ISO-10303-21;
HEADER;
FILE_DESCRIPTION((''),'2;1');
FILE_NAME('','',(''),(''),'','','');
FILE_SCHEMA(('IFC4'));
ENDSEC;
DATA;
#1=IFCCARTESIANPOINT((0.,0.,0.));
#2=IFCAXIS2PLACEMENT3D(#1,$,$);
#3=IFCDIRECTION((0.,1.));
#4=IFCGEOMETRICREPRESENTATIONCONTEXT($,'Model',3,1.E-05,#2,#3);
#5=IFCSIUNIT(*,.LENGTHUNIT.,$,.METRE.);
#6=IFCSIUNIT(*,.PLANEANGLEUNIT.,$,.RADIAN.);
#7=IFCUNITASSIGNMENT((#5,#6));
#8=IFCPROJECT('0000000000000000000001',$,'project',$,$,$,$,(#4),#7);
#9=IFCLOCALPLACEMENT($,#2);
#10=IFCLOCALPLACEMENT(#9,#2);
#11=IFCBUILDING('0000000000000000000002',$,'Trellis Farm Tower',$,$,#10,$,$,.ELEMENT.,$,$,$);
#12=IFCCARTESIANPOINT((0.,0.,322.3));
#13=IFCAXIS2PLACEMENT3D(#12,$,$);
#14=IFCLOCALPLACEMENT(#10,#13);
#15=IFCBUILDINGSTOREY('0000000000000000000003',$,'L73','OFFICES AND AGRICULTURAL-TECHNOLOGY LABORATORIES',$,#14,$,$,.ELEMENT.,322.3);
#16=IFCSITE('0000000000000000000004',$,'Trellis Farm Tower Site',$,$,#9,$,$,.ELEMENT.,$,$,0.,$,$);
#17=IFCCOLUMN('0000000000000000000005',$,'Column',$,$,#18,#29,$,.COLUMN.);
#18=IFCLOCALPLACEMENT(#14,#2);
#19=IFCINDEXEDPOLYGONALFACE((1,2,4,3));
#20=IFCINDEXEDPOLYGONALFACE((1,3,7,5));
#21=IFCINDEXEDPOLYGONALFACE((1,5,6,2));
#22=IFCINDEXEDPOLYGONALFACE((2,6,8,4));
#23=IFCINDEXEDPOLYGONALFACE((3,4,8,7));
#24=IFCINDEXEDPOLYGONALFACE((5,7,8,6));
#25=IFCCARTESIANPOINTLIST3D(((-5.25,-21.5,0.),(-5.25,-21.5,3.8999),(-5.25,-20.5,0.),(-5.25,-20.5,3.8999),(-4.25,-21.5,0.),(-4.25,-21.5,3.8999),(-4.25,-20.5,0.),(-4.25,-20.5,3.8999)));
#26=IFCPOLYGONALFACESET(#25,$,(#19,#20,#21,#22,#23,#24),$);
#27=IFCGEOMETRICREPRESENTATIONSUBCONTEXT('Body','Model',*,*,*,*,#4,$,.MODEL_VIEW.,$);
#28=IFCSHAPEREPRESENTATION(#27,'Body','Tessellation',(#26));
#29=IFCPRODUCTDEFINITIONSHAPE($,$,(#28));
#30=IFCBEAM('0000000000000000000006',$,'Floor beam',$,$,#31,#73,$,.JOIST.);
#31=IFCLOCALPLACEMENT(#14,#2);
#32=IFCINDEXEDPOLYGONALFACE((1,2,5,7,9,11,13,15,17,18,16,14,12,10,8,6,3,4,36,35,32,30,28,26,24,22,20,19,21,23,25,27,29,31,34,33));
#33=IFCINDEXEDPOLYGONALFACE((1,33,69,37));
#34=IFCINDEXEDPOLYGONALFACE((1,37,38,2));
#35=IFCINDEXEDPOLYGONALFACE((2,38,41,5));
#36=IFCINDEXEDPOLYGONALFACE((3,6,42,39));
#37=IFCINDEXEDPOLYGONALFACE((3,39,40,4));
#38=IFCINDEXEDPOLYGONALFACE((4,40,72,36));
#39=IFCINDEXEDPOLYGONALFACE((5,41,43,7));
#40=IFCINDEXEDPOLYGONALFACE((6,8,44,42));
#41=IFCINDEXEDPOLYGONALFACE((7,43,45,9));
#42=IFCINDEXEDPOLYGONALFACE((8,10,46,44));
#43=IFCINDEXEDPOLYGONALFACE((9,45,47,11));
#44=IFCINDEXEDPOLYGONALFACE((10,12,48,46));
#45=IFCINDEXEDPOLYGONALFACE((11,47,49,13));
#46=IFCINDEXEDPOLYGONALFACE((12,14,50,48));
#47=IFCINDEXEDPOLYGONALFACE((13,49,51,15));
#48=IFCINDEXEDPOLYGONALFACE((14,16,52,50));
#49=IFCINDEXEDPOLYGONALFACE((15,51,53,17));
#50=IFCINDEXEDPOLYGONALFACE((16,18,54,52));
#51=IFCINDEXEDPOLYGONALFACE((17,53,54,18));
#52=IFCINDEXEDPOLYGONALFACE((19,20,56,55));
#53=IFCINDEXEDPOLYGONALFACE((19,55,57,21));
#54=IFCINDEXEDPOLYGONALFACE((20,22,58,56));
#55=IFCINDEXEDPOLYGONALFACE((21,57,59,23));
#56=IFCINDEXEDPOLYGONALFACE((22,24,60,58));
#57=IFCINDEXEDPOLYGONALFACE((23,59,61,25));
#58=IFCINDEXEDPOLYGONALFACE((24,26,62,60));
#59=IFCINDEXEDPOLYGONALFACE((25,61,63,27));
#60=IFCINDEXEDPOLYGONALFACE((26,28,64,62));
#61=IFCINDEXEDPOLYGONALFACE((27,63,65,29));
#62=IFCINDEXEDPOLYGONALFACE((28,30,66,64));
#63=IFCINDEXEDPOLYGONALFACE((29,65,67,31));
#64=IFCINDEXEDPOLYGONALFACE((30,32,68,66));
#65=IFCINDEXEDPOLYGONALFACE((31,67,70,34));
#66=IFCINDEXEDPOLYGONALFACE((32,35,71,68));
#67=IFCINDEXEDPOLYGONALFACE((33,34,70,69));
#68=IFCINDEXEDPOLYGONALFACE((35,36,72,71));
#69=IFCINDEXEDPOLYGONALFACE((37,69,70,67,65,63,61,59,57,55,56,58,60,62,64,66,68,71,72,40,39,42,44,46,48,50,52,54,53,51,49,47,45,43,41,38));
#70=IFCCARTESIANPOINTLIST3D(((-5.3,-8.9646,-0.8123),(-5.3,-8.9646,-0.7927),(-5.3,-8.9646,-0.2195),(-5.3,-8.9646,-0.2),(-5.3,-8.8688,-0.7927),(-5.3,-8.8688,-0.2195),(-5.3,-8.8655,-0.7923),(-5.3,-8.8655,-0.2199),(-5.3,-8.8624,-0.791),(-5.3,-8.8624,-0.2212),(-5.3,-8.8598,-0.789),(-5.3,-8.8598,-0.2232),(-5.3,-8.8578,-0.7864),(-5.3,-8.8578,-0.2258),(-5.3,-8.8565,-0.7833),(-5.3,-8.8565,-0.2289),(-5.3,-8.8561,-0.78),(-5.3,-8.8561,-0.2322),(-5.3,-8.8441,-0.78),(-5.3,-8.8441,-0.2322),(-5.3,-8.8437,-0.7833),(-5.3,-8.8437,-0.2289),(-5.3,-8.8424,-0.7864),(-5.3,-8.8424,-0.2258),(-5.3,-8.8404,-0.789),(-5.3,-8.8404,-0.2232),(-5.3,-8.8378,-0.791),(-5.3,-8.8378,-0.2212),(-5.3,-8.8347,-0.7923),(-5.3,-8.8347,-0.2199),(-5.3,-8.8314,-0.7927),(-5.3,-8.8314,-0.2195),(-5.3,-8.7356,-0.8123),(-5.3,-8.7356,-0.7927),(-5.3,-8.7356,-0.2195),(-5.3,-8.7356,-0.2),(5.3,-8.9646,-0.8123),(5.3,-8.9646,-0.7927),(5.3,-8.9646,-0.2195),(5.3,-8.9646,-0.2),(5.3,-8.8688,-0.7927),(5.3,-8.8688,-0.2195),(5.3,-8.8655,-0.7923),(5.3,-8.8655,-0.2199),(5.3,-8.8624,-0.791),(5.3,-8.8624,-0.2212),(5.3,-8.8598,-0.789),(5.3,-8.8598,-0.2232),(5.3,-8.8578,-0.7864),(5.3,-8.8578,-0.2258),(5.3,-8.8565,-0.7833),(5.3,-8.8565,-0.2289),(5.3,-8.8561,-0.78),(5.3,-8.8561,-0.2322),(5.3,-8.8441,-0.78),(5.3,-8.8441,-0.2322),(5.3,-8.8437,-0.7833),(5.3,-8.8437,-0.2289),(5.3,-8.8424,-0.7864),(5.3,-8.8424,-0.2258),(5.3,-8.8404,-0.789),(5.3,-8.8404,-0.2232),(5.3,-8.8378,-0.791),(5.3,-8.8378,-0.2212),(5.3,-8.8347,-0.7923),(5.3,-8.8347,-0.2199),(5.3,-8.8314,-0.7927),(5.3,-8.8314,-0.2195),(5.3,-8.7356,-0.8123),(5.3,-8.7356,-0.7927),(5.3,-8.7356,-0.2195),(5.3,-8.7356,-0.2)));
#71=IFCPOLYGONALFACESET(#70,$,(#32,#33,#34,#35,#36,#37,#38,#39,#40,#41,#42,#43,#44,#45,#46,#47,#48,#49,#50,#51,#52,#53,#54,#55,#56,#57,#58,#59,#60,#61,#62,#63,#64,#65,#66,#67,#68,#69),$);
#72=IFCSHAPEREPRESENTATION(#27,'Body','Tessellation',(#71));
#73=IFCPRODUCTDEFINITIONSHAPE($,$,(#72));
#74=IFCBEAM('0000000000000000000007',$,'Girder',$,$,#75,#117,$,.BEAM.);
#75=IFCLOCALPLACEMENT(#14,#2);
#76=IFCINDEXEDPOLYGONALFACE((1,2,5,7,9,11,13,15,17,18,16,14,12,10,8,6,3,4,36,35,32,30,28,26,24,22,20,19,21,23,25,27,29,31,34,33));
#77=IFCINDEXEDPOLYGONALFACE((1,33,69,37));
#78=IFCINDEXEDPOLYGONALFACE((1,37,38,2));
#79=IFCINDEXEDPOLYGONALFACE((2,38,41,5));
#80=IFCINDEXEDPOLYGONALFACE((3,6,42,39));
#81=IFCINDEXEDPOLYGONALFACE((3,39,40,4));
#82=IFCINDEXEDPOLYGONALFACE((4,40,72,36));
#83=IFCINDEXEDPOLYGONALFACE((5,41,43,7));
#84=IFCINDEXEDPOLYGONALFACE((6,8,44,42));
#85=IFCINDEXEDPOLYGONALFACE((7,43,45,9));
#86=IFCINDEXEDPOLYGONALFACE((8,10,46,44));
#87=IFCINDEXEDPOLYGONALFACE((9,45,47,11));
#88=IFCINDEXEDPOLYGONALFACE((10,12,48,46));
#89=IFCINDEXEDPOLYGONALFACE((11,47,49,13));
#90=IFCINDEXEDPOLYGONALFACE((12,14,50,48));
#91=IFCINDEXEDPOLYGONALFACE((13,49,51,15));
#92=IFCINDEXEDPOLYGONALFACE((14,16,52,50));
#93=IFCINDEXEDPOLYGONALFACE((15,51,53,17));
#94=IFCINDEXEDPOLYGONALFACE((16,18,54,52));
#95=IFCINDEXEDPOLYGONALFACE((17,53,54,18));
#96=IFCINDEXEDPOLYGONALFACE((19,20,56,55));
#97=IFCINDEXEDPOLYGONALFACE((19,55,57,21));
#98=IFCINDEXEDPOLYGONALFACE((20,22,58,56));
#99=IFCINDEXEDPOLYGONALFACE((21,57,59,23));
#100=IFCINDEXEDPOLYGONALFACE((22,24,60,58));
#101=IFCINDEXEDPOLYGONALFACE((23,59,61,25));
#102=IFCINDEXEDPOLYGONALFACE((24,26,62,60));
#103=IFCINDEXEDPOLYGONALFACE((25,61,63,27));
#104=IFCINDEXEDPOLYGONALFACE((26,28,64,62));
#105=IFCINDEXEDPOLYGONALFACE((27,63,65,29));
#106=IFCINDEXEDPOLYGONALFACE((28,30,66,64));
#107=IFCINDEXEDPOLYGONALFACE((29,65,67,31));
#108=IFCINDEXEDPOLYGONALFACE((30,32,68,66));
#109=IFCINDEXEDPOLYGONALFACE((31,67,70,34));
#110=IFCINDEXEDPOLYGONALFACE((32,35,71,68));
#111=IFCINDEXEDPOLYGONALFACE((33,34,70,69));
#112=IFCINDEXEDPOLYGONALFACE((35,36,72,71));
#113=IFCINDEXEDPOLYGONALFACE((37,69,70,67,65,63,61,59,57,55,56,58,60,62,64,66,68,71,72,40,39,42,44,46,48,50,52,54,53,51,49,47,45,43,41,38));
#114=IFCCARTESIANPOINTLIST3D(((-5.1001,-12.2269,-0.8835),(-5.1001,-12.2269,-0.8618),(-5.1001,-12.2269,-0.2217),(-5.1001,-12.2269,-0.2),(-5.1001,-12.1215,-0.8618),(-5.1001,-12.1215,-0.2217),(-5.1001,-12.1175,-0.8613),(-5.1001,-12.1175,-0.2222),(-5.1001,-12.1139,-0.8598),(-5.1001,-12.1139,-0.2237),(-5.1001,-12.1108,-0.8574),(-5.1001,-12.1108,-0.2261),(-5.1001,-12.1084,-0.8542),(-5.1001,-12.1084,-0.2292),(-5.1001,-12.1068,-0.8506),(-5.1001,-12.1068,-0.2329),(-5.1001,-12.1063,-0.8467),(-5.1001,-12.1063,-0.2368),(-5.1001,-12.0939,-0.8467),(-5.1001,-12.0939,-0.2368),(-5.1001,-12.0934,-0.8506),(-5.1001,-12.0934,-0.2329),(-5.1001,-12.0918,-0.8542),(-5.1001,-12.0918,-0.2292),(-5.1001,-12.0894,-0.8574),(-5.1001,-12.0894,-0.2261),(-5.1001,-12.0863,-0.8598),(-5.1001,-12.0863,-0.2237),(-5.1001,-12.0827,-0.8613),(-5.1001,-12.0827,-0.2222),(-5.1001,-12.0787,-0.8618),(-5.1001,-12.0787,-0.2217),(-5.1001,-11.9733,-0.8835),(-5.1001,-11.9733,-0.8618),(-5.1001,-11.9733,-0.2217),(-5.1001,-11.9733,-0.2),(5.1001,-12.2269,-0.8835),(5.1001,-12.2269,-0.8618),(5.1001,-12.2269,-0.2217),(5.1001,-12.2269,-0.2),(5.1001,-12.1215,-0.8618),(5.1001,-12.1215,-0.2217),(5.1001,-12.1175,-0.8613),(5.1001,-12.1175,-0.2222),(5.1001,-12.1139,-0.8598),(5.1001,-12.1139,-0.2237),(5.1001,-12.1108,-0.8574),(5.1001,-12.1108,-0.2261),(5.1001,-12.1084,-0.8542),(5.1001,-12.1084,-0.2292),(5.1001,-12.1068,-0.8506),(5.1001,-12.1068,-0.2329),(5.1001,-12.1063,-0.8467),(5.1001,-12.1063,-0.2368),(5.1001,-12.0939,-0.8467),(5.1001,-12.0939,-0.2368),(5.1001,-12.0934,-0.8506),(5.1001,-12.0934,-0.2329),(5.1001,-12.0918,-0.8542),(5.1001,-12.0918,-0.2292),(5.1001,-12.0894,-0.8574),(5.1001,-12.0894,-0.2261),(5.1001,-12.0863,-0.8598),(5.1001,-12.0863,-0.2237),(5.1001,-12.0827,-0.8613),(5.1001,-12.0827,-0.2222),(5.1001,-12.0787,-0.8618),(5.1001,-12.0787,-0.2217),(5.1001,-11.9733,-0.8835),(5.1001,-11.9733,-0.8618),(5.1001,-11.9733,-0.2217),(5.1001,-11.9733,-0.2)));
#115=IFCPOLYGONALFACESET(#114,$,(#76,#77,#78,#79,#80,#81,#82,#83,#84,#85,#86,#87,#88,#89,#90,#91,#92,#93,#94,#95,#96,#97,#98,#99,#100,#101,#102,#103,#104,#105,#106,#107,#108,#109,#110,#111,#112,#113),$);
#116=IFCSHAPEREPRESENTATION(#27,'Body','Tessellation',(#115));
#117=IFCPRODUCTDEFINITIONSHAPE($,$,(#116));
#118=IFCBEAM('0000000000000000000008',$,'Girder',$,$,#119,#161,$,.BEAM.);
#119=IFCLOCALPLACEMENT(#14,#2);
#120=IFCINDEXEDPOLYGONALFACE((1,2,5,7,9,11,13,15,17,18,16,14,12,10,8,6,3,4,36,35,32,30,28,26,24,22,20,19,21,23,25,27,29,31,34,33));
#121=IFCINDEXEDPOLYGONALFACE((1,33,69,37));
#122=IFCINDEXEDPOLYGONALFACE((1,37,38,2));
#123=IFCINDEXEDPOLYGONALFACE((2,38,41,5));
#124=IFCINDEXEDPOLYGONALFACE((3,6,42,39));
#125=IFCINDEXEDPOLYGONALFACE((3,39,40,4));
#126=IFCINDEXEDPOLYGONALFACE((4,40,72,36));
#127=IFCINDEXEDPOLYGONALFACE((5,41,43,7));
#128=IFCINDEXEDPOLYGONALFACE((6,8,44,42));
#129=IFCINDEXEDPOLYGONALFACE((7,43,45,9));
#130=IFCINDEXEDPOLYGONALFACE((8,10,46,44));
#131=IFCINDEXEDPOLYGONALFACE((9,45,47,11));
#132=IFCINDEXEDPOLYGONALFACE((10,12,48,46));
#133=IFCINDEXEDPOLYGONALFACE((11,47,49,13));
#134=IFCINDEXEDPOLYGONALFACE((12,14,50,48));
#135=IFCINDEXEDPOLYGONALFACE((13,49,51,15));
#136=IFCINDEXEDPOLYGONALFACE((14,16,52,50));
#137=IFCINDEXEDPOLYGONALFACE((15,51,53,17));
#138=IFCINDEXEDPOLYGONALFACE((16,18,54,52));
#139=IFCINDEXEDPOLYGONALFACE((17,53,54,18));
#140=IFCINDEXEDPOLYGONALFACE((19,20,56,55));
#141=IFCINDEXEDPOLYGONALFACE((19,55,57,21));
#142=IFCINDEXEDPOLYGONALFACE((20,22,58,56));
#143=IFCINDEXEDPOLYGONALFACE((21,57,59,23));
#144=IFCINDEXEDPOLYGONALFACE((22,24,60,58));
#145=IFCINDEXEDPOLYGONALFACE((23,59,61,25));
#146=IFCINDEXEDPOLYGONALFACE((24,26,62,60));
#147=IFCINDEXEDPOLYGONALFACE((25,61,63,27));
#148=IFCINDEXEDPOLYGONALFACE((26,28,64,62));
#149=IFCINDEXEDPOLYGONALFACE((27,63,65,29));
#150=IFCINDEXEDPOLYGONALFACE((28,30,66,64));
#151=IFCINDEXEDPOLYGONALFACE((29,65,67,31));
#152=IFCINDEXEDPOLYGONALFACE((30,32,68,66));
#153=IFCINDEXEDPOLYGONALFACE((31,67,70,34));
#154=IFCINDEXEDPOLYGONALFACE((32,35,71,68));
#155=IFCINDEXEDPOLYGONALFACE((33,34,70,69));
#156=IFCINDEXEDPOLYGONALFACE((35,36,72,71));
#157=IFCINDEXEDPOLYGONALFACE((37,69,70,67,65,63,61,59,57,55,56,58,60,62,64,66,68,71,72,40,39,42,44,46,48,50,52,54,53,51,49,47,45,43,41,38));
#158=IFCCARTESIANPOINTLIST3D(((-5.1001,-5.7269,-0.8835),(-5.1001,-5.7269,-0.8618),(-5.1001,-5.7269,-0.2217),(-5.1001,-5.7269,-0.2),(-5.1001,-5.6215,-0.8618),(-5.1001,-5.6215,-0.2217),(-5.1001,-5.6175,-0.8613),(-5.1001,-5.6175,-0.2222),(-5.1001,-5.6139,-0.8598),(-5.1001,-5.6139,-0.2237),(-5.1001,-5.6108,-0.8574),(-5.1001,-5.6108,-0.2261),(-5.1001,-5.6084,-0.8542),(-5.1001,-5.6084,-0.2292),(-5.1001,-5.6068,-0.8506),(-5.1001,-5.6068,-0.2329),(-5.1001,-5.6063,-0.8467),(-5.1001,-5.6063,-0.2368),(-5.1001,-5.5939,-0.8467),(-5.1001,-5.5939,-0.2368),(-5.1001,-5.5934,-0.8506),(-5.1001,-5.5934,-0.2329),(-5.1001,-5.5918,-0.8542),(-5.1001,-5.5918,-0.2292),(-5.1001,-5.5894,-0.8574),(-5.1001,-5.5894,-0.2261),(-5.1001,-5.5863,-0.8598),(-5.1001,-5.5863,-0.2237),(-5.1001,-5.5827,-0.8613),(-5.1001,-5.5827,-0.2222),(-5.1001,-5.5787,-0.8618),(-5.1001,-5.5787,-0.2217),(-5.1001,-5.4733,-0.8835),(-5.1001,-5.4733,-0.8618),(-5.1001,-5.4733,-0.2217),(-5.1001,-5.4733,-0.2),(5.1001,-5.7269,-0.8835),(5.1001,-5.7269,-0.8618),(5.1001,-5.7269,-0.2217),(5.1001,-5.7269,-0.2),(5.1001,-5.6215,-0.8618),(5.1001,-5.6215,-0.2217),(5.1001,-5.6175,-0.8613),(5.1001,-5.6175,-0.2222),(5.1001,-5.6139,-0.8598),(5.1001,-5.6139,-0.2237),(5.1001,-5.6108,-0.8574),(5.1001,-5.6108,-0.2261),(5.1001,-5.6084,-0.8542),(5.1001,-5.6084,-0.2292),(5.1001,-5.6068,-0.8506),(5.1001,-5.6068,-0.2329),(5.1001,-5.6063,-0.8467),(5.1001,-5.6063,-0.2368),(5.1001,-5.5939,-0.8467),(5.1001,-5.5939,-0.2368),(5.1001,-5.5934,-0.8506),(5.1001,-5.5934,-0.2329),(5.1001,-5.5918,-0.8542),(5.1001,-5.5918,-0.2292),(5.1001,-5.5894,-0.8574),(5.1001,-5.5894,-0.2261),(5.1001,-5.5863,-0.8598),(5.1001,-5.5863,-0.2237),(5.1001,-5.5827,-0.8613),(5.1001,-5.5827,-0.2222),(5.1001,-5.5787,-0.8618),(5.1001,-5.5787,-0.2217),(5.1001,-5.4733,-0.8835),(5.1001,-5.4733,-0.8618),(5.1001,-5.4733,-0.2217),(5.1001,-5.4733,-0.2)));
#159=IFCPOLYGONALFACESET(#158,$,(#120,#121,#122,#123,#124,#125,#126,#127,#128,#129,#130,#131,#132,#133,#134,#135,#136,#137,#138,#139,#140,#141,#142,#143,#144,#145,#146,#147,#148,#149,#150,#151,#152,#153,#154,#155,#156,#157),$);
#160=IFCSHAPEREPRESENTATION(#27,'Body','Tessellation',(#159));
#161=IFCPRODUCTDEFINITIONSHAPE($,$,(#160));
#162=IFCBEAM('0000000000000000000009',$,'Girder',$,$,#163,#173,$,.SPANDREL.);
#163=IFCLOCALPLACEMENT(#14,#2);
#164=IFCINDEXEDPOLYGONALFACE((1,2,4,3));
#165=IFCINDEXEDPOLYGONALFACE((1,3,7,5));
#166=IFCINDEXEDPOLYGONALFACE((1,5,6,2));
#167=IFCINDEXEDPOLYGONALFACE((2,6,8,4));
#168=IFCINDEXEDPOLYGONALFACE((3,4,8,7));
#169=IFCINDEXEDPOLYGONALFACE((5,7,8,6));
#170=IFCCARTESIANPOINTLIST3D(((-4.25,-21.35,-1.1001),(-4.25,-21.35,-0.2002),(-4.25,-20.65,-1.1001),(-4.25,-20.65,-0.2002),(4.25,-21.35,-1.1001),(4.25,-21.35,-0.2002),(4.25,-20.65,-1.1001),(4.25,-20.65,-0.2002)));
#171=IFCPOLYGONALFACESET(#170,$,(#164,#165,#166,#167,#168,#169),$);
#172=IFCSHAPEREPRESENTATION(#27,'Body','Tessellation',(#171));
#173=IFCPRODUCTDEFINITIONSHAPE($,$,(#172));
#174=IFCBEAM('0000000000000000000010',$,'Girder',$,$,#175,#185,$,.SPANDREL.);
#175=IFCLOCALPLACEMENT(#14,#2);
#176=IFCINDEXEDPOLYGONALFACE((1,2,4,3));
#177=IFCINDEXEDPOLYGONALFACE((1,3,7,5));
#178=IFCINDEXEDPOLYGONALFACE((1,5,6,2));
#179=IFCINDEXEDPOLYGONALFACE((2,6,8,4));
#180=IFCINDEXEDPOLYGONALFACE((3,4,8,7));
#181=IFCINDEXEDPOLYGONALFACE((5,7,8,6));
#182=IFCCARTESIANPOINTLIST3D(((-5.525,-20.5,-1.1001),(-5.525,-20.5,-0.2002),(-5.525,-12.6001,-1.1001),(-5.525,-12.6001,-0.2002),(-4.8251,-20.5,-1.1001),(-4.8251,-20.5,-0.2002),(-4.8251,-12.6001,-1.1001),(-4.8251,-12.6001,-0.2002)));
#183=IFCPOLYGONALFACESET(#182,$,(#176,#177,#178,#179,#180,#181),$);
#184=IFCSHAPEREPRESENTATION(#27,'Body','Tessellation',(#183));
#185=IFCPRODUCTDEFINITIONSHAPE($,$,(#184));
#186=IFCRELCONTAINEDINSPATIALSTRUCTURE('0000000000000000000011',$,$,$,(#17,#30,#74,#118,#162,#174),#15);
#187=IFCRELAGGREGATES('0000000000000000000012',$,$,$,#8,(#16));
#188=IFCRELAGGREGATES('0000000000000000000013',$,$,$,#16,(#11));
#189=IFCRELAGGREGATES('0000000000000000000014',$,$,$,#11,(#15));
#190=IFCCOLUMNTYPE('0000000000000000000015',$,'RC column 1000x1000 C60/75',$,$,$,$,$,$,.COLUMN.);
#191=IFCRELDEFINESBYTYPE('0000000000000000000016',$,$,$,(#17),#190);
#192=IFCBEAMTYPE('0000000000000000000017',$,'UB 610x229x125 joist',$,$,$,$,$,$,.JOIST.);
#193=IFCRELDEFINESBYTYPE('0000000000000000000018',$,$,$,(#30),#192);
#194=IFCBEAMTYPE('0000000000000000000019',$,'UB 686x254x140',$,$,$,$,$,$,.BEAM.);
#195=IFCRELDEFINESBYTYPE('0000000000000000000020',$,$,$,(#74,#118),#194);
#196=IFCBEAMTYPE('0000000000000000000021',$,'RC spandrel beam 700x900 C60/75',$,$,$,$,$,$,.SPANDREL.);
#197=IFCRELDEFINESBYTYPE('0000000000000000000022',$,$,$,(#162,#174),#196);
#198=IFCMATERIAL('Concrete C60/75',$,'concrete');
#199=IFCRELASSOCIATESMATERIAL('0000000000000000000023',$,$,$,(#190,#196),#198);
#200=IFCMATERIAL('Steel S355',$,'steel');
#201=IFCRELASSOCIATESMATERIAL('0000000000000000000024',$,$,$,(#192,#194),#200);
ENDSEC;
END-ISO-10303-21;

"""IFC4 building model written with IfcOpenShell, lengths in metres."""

from ifc_helpers import new_model, si_unit, direction, frame, origin, origin_2d, place, context, subcontext, project, spatial, rectangle, i_section, extrude, source, transform, mapped, material, material_profile, profile_set, type_object, element, save


model = new_model("IFC4")

# Units and contexts
model_context = context("Model", 3, precision=1e-05, world=origin(), true_north=direction((0.0, 1.0)))
body_context = subcontext(model_context, "Body", "Model", "MODEL_VIEW")
ifc_project = project(units=[si_unit("LENGTHUNIT", "METRE"), si_unit("PLANEANGLEUNIT", "RADIAN")], contexts=[model_context])

# Site, building, storey
site_placement = place(None, origin())
site = spatial("IfcSite", under=ifc_project, at=site_placement, Name="Trellis Farm Tower Site", CompositionType="ELEMENT", RefElevation=0.0)
building_placement = place(site_placement, origin())
building = spatial("IfcBuilding", under=site, at=building_placement, Name="Trellis Farm Tower", CompositionType="ELEMENT")
storey_placement = place(building_placement, frame((0.0, 0.0, 322.3)))
storey = spatial("IfcBuildingStorey", under=building, at=storey_placement, Name="L73", Description="OFFICES AND AGRICULTURAL-TECHNOLOGY LABORATORIES", CompositionType="ELEMENT", Elevation=322.3)

# Column
ifc_material_1 = material(Name="Concrete C60/75", Category="concrete")
ifc_material_profile_1 = material_profile(ifc_material_1, rectangle(XDim=1.0, YDim=1.0, at=origin_2d()), Name="RC column 1000x1000 C60/75")
ifc_profile_set_1 = profile_set([ifc_material_profile_1], Name="Concrete C60/75")
column_type = type_object("IfcColumnType", Name="RC column 1000x1000 C60/75", PredefinedType="COLUMN", material=ifc_profile_set_1)
shared_shape_1 = source(origin(), body_context, "Body", "SweptSolid", [
    extrude(rectangle(XDim=1.0, YDim=1.0, at=origin_2d()), origin(), (0.0, 0.0, 1.0), 3.8999),
])
column_placement = place(storey_placement, frame((-4.75, -21.0, 0.0), z_axis=(0.0, 0.0, 1.0), x_axis=(1.0, 0.0, 0.0)))
element("IfcColumn", 1, at=column_placement, inside=storey, type_object=column_type, Name="Column", PredefinedType="COLUMN", context=body_context, shape_type="MappedRepresentation", body=[
    mapped(shared_shape_1, transform((0.0, 0.0, 0.0))),
])

# Beams
ifc_material_2 = material(Name="Steel S355", Category="steel")
ifc_material_profile_2 = material_profile(ifc_material_2, i_section(OverallWidth=0.229, OverallDepth=0.6123, WebThickness=0.012, FlangeThickness=0.0195, FilletRadius=0.0127, at=origin_2d()), Name="UB 610x229x125")
ifc_profile_set_2 = profile_set([ifc_material_profile_2], Name="Steel S355")
beam_type_1 = type_object("IfcBeamType", Name="UB 610x229x125 joist", PredefinedType="JOIST", material=ifc_profile_set_2)
shared_shape_2 = source(origin(), body_context, "Body", "SweptSolid", [
    extrude(i_section(OverallWidth=0.229, OverallDepth=0.6123, WebThickness=0.012, FlangeThickness=0.0195, FilletRadius=0.0127, at=origin_2d()), origin(), (0.0, 0.0, 1.0), 10.6001),
])
beam_1_placement = place(storey_placement, frame((-5.3, -8.8501, -0.5061), z_axis=(1.0, 0.0, 0.0), x_axis=(0.0, 1.0, 0.0)))
element("IfcBeam", 2, at=beam_1_placement, inside=storey, type_object=beam_type_1, Name="Floor beam", PredefinedType="JOIST", context=body_context, shape_type="MappedRepresentation", body=[
    mapped(shared_shape_2, transform((0.0, 0.0, 0.0))),
])
ifc_material_profile_3 = material_profile(ifc_material_2, i_section(OverallWidth=0.2537, OverallDepth=0.6836, WebThickness=0.0125, FlangeThickness=0.0217, FilletRadius=0.0151, at=origin_2d()), Name="UB 686x254x140")
ifc_profile_set_3 = profile_set([ifc_material_profile_3], Name="Steel S355")
beam_type_2 = type_object("IfcBeamType", Name="UB 686x254x140", PredefinedType="BEAM", material=ifc_profile_set_3)
shared_shape_3 = source(origin(), body_context, "Body", "SweptSolid", [
    extrude(i_section(OverallWidth=0.2537, OverallDepth=0.6836, WebThickness=0.0125, FlangeThickness=0.0217, FilletRadius=0.0151, at=origin_2d()), origin(), (0.0, 0.0, 1.0), 10.2002),
])
for number, where, z_axis, x_axis, name in (
    (3, (-5.1001, -12.1001, -0.5417), (1.0, 0.0, 0.0), (0.0, 1.0, 0.0), "Girder"),
    (4, (-5.1001, -5.6001, -0.5417), (1.0, 0.0, 0.0), (0.0, 1.0, 0.0), "Girder"),
):
    element("IfcBeam", number, at=place(storey_placement, frame(where, z_axis=z_axis, x_axis=x_axis)), inside=storey, type_object=beam_type_2, Name=name, PredefinedType="BEAM", context=body_context, shape_type="MappedRepresentation", body=[
        mapped(shared_shape_3, transform((0.0, 0.0, 0.0))),
    ])
ifc_material_profile_4 = material_profile(ifc_material_1, rectangle(XDim=0.7, YDim=0.8999, at=origin_2d()), Name="RC spandrel beam 700x900 C60/75")
ifc_profile_set_4 = profile_set([ifc_material_profile_4], Name="Concrete C60/75")
beam_type_3 = type_object("IfcBeamType", Name="RC spandrel beam 700x900 C60/75", PredefinedType="SPANDREL", material=ifc_profile_set_4)
shared_shape_4 = source(origin(), body_context, "Body", "SweptSolid", [
    extrude(rectangle(XDim=0.7, YDim=0.8999, at=origin_2d()), origin(), (0.0, 0.0, 1.0), 8.5),
])
beam_2_placement = place(storey_placement, frame((-4.25, -21.0, -0.6501), z_axis=(1.0, 0.0, 0.0), x_axis=(0.0, 1.0, 0.0)))
element("IfcBeam", 5, at=beam_2_placement, inside=storey, type_object=beam_type_3, Name="Girder", PredefinedType="SPANDREL", context=body_context, shape_type="MappedRepresentation", body=[
    mapped(shared_shape_4, transform((0.0, 0.0, 0.0))),
])
shared_shape_5 = source(origin(), body_context, "Body", "SweptSolid", [
    extrude(rectangle(XDim=0.7, YDim=0.8999, at=origin_2d()), origin(), (0.0, 0.0, 1.0), 7.8999),
])
beam_3_placement = place(storey_placement, frame((-5.175, -20.5, -0.6501), z_axis=(0.0, 1.0, 0.0), x_axis=(-1.0, 0.0, 0.0)))
element("IfcBeam", 6, at=beam_3_placement, inside=storey, type_object=beam_type_3, Name="Girder", PredefinedType="SPANDREL", context=body_context, shape_type="MappedRepresentation", body=[
    mapped(shared_shape_5, transform((0.0, 0.0, 0.0))),
])

save(model, "model.ifc")
